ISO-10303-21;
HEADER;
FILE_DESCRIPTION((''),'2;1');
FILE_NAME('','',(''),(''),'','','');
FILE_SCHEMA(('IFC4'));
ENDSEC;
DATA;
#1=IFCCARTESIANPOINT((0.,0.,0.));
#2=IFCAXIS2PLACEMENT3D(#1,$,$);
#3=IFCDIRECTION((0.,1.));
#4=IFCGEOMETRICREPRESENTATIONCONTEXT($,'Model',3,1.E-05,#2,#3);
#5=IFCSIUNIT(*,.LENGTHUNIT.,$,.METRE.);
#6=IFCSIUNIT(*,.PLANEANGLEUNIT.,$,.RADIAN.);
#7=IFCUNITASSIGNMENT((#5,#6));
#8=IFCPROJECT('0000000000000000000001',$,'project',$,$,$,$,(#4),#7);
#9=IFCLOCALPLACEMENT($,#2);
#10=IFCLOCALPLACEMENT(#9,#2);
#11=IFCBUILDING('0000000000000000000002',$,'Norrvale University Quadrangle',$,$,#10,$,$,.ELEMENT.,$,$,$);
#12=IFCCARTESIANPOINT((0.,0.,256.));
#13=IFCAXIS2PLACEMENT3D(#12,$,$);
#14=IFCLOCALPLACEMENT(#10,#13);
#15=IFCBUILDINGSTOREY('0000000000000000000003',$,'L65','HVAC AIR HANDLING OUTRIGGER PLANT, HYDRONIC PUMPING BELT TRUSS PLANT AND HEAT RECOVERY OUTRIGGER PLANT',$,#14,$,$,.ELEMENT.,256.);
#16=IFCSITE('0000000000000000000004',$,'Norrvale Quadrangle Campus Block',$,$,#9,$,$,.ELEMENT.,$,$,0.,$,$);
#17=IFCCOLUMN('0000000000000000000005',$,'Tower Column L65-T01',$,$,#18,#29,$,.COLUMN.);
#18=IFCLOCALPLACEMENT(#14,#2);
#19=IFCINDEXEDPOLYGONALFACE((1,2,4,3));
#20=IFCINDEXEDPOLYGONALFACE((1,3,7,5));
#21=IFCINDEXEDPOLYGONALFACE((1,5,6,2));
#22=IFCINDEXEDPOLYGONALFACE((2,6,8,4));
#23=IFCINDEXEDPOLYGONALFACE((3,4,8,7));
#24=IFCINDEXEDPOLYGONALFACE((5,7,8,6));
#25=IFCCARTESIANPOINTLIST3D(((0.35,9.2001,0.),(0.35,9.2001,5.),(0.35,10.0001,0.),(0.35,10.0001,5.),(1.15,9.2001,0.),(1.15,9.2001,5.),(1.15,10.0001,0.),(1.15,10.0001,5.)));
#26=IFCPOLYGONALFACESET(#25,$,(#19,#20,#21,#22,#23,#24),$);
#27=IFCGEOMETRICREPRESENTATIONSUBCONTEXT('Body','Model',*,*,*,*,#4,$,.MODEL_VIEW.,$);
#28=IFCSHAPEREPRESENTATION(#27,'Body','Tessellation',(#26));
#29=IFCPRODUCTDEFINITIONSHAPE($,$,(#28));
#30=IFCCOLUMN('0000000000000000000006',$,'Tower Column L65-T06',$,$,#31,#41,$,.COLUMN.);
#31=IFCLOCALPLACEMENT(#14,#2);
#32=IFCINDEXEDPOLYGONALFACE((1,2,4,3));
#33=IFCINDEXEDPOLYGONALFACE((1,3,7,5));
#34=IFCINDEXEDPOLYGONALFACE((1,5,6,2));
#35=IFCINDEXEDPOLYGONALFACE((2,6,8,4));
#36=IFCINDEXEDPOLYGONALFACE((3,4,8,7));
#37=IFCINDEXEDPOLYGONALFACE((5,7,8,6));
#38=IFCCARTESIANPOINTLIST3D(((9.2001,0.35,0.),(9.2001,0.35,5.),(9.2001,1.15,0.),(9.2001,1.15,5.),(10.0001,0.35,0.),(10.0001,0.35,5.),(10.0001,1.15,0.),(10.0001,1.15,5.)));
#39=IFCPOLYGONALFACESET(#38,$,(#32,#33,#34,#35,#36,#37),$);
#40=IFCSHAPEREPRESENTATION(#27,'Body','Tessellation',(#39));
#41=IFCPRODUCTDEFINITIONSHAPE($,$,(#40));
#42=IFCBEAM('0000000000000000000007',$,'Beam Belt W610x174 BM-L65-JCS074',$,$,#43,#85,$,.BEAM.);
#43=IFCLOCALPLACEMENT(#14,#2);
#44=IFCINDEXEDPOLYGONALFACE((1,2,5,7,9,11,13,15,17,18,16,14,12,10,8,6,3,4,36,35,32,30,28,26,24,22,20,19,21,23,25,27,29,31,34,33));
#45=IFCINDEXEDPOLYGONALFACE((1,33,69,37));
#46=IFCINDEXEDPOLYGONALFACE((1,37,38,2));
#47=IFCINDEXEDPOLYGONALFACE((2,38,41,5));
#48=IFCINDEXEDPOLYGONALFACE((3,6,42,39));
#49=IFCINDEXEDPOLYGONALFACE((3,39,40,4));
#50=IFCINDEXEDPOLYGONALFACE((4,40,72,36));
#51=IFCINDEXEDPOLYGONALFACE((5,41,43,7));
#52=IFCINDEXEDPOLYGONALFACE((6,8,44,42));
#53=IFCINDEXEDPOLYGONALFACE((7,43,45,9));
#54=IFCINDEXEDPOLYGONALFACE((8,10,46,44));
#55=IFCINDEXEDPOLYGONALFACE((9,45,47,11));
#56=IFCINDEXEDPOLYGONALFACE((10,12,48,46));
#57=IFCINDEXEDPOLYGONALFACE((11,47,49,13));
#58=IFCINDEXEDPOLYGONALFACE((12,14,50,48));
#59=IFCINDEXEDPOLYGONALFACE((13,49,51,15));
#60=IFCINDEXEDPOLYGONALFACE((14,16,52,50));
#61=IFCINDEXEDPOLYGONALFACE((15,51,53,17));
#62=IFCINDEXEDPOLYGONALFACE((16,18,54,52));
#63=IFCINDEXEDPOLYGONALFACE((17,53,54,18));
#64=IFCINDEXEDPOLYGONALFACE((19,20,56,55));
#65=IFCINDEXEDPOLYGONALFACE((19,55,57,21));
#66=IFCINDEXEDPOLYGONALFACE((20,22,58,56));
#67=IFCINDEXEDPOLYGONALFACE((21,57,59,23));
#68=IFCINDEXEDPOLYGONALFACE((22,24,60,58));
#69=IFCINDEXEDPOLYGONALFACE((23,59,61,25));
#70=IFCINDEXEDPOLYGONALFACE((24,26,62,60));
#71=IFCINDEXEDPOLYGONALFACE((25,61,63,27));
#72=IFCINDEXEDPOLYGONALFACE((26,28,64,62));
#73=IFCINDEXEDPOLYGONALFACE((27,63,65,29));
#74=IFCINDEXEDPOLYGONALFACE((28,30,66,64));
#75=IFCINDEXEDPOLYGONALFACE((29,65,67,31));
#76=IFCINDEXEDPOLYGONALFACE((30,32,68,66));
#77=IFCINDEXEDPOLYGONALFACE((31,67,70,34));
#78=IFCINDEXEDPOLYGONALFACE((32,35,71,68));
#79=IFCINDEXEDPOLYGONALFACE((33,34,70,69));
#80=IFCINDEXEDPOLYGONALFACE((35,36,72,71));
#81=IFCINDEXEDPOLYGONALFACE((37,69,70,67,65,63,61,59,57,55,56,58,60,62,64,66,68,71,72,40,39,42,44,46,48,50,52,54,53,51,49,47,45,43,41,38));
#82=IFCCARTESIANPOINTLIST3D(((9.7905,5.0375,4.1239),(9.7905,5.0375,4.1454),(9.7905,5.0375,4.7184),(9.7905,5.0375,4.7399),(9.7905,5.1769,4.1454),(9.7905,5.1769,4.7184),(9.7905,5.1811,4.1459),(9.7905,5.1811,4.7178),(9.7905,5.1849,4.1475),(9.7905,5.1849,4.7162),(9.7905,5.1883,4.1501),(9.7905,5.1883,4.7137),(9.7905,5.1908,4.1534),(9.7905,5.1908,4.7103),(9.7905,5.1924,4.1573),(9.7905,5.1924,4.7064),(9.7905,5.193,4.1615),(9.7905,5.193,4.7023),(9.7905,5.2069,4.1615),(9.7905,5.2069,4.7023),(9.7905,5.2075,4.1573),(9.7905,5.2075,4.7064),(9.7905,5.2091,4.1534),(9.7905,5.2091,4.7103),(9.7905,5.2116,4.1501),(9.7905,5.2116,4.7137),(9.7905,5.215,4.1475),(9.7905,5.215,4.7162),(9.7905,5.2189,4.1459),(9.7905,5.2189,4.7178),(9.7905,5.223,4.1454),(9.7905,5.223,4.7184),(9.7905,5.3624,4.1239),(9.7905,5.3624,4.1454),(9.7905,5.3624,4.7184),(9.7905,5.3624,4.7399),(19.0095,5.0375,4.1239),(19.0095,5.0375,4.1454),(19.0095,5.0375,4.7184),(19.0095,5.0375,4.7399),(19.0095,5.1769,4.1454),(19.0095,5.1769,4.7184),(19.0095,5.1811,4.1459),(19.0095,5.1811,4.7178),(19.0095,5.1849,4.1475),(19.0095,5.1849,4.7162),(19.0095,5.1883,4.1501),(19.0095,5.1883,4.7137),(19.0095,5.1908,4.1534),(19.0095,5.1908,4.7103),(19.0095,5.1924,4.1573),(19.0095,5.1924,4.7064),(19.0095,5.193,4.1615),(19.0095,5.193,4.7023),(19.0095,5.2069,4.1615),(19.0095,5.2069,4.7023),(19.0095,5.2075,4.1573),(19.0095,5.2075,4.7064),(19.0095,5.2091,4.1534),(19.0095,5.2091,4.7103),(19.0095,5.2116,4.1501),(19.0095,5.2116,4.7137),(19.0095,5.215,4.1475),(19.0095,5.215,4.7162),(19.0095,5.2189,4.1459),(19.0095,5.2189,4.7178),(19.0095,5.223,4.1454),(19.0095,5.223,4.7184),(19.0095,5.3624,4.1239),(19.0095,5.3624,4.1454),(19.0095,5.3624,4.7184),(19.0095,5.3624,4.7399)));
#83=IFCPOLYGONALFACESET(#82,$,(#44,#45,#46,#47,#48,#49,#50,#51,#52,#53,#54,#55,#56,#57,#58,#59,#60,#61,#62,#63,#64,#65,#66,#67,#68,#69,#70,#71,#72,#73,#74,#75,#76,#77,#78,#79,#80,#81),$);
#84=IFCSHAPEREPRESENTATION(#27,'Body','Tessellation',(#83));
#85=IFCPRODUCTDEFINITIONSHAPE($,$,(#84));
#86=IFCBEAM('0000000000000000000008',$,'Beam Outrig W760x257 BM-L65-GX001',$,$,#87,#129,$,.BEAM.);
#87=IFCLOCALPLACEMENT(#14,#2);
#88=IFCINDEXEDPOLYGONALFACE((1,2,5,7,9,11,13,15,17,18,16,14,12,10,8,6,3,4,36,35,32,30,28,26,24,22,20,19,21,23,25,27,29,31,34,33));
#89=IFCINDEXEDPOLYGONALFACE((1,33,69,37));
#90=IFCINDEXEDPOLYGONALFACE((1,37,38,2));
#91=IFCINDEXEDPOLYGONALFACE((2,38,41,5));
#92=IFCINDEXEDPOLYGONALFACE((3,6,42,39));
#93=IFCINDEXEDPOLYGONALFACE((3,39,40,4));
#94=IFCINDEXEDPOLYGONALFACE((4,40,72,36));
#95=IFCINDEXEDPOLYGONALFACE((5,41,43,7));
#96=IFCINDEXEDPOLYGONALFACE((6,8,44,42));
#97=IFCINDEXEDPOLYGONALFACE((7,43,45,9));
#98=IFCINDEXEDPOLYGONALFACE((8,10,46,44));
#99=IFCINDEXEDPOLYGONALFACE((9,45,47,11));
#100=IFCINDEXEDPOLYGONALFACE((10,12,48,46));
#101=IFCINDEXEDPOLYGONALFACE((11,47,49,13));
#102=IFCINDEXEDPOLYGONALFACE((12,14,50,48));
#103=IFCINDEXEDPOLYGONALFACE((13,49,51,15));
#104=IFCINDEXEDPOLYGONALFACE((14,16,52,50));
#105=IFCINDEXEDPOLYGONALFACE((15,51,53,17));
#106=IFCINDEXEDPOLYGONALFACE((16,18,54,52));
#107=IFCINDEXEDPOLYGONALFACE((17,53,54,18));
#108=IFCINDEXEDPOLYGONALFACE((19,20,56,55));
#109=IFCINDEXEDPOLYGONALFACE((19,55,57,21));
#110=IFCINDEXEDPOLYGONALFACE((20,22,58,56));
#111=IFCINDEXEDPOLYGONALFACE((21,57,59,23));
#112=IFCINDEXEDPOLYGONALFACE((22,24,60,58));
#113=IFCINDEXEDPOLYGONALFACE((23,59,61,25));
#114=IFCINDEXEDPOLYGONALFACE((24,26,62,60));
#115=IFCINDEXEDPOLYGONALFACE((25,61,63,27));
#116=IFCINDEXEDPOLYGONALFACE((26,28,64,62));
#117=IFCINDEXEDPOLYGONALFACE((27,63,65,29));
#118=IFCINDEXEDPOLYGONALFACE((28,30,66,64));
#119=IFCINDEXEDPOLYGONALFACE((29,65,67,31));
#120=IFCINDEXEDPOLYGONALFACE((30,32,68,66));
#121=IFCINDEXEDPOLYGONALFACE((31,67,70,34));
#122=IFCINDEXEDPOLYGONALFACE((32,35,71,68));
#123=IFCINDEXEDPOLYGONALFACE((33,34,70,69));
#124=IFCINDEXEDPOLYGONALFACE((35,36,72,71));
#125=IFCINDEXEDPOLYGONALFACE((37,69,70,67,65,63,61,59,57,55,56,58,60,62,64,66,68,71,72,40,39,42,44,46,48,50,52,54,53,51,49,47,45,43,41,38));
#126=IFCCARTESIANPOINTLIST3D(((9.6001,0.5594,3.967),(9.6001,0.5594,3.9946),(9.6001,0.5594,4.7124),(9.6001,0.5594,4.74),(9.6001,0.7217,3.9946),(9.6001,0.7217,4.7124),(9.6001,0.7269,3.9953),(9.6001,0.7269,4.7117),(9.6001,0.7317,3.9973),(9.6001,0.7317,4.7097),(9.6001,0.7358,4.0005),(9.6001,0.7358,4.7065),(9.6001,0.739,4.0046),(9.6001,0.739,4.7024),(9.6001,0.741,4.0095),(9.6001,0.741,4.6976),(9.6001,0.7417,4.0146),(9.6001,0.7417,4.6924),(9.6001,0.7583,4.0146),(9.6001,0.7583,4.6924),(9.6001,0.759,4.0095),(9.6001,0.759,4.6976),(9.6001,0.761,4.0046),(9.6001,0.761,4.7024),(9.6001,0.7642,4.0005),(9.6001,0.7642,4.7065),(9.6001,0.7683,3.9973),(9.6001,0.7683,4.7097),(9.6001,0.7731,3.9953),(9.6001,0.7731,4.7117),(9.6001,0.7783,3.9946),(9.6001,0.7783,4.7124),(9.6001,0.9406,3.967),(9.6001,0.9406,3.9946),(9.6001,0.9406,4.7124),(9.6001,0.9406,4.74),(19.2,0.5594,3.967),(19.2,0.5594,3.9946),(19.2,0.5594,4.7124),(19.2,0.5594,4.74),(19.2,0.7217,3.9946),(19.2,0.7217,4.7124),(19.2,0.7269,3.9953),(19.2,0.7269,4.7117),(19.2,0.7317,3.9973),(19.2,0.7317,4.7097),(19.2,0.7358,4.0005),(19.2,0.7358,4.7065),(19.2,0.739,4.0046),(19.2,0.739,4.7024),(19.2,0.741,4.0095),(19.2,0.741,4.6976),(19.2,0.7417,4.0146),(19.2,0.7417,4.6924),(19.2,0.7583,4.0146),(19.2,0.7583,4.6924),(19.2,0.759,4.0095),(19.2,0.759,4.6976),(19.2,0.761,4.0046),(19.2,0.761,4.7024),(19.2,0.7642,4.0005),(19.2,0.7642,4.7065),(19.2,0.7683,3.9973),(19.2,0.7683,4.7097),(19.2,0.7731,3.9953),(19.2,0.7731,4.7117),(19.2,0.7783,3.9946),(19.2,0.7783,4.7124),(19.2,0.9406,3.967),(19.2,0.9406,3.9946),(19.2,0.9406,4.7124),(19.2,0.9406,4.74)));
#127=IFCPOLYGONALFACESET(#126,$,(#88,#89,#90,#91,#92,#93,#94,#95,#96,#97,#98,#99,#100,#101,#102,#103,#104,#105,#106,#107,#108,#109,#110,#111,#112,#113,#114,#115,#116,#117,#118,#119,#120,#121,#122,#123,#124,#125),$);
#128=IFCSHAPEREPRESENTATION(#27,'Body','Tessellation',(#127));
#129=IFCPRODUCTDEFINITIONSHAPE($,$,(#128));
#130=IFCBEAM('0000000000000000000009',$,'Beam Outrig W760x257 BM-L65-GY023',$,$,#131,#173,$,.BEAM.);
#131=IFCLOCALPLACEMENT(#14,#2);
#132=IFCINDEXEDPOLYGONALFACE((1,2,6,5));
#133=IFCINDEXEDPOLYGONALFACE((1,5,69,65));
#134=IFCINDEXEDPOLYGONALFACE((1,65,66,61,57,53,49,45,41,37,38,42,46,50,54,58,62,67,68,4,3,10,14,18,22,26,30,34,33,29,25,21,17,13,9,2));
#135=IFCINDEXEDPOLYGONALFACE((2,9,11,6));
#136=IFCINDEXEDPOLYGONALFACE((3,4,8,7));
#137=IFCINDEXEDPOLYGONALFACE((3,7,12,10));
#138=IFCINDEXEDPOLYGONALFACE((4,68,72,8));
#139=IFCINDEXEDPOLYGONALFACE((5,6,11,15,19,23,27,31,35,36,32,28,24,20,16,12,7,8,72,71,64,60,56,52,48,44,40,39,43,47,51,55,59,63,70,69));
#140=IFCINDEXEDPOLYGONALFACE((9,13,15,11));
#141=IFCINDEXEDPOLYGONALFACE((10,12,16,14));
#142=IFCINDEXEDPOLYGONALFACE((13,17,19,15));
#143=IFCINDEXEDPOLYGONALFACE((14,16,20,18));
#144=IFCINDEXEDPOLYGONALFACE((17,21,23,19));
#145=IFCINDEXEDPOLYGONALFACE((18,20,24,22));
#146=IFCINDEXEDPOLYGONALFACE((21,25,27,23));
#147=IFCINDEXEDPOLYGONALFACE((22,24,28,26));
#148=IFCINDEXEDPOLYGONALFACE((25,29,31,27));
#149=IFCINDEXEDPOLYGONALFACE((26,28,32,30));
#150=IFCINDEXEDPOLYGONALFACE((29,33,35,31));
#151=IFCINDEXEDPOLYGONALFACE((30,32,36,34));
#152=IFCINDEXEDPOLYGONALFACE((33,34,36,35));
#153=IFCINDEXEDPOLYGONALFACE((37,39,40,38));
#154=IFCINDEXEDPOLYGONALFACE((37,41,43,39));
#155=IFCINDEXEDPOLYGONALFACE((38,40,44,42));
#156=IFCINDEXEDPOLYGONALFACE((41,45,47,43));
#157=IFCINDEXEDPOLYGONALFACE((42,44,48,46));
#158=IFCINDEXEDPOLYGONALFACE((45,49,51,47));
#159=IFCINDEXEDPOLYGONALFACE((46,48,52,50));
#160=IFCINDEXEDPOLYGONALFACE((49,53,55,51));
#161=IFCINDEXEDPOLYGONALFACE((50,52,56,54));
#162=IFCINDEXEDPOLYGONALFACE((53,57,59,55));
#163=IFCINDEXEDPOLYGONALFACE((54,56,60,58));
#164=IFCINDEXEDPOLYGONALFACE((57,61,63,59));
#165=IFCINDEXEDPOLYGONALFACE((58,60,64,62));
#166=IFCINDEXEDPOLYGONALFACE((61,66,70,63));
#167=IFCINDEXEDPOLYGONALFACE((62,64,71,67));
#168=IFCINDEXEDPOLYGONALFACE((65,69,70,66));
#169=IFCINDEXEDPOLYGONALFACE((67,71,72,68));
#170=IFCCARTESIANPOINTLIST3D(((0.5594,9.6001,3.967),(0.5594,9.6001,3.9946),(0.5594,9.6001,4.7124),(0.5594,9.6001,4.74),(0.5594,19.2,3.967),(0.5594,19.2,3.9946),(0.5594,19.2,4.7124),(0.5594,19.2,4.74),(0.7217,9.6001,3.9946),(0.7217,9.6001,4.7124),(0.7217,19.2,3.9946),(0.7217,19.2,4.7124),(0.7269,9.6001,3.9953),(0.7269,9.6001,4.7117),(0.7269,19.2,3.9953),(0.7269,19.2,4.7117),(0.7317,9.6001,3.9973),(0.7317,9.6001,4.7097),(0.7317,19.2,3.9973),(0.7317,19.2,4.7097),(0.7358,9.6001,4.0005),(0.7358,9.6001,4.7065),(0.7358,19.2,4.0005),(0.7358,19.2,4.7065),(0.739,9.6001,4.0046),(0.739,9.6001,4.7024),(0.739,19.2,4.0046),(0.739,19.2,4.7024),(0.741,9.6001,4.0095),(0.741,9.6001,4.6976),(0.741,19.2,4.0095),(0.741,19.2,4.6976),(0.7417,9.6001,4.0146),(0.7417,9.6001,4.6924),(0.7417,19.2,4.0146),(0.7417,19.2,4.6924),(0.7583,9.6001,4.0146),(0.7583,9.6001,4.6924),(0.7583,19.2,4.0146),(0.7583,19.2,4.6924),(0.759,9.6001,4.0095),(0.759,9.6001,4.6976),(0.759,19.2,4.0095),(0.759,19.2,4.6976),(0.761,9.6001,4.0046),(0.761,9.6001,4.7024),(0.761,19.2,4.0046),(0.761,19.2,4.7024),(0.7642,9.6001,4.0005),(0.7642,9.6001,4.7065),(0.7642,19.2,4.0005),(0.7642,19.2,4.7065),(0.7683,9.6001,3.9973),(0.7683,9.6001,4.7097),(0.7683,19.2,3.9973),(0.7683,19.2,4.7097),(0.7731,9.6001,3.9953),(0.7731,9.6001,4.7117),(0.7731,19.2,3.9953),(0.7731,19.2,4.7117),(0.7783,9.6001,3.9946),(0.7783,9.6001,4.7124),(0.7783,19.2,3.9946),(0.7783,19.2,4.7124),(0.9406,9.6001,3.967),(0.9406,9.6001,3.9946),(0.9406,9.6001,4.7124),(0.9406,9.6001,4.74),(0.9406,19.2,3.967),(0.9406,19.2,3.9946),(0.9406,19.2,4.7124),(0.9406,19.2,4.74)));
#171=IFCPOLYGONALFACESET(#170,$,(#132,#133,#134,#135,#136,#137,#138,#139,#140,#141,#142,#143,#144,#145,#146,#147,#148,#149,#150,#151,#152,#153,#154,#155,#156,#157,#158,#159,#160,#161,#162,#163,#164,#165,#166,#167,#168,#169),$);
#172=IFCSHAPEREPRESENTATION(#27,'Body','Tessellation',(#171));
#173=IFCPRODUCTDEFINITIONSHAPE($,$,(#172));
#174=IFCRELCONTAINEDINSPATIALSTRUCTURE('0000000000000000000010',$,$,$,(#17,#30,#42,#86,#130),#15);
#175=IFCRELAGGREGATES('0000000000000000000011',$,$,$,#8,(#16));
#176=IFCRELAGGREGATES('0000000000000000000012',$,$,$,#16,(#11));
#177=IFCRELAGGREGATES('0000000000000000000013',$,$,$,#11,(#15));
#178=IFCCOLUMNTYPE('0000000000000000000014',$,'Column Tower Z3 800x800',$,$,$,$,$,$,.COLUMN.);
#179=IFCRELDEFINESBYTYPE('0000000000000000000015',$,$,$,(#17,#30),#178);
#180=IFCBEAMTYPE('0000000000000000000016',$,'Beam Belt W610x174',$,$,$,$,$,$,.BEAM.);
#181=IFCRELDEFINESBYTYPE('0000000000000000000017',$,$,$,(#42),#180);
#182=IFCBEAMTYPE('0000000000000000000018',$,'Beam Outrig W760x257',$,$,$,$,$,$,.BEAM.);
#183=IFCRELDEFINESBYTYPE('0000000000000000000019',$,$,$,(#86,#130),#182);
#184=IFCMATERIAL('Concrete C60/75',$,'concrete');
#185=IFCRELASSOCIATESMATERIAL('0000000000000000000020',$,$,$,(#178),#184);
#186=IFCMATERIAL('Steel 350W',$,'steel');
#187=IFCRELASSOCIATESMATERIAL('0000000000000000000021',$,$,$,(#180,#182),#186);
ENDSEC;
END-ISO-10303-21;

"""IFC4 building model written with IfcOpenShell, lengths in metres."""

from ifc_helpers import new_model, si_unit, direction, frame, origin, origin_2d, place, context, subcontext, project, spatial, rectangle, i_section, extrude, material, material_profile, profile_set, type_object, element, save


model = new_model("IFC4")

# Units and contexts
model_context = context("Model", 3, precision=1e-05, world=origin(), true_north=direction((0.0, 1.0)))
body_context = subcontext(model_context, "Body", "Model", "MODEL_VIEW")
ifc_project = project(units=[si_unit("LENGTHUNIT", "METRE"), si_unit("PLANEANGLEUNIT", "RADIAN")], contexts=[model_context])

# Site, building, storey
site_placement = place(None, origin())
site = spatial("IfcSite", under=ifc_project, at=site_placement, Name="Norrvale Quadrangle Campus Block", CompositionType="ELEMENT", RefElevation=0.0)
building_placement = place(site_placement, origin())
building = spatial("IfcBuilding", under=site, at=building_placement, Name="Norrvale University Quadrangle", CompositionType="ELEMENT")
storey_placement = place(building_placement, frame((0.0, 0.0, 256.0)))
storey = spatial("IfcBuildingStorey", under=building, at=storey_placement, Name="L65", Description="HVAC AIR HANDLING OUTRIGGER PLANT, HYDRONIC PUMPING BELT TRUSS PLANT AND HEAT RECOVERY OUTRIGGER PLANT", CompositionType="ELEMENT", Elevation=256.0)

# Columns
ifc_material_1 = material(Name="Concrete C60/75", Category="concrete")
ifc_material_profile_1 = material_profile(ifc_material_1, rectangle(XDim=0.8, YDim=0.8, at=origin_2d()), Name="Concrete C60/75")
ifc_profile_set_1 = profile_set([ifc_material_profile_1], Name="Concrete C60/75")
column_type = type_object("IfcColumnType", Name="Column Tower Z3 800x800", PredefinedType="COLUMN", material=ifc_profile_set_1)
for number, where, z_axis, x_axis, name in (
    (1, (0.75, 9.6001, 0.0), (0.0, 0.0, 1.0), (1.0, 0.0, 0.0), "Tower Column L65-T01"),
    (2, (9.6001, 0.75, 0.0), (0.0, 0.0, 1.0), (1.0, 0.0, 0.0), "Tower Column L65-T06"),
):
    element("IfcColumn", number, at=place(storey_placement, frame(where, z_axis=z_axis, x_axis=x_axis)), inside=storey, type_object=column_type, Name=name, PredefinedType="COLUMN", context=body_context, shape_type="SweptSolid", body=[
        extrude(rectangle(XDim=0.8, YDim=0.8, at=origin_2d()), origin(), (0.0, 0.0, 1.0), 5.0),
    ])

# Beams
ifc_material_2 = material(Name="Steel 350W", Category="steel")
ifc_material_profile_2 = material_profile(ifc_material_2, i_section(OverallWidth=0.325, OverallDepth=0.616, WebThickness=0.0139, FlangeThickness=0.0215, FilletRadius=0.0161, at=origin_2d()), Name="Steel 350W")
ifc_profile_set_2 = profile_set([ifc_material_profile_2], Name="Steel 350W")
beam_type_1 = type_object("IfcBeamType", Name="Beam Belt W610x174", PredefinedType="BEAM", material=ifc_profile_set_2)
beam_1_placement = place(storey_placement, frame((9.7905, 5.2, 4.4319), z_axis=(1.0, 0.0, 0.0), x_axis=(0.0, 1.0, 0.0)))
element("IfcBeam", 3, at=beam_1_placement, inside=storey, type_object=beam_type_1, Name="Beam Belt W610x174 BM-L65-JCS074", PredefinedType="BEAM", context=body_context, shape_type="SweptSolid", body=[
    extrude(i_section(OverallWidth=0.325, OverallDepth=0.616, WebThickness=0.0139, FlangeThickness=0.0215, FilletRadius=0.0161, at=origin_2d()), origin(), (0.0, 0.0, 1.0), 9.219),
])
ifc_material_profile_3 = material_profile(ifc_material_2, i_section(OverallWidth=0.3811, OverallDepth=0.7729, WebThickness=0.0166, FlangeThickness=0.0276, FilletRadius=0.02, at=origin_2d()), Name="Steel 350W")
ifc_profile_set_3 = profile_set([ifc_material_profile_3], Name="Steel 350W")
beam_type_2 = type_object("IfcBeamType", Name="Beam Outrig W760x257", PredefinedType="BEAM", material=ifc_profile_set_3)
for number, where, z_axis, x_axis, name in (
    (4, (9.6001, 0.75, 4.3535), (1.0, 0.0, 0.0), (0.0, 1.0, 0.0), "Beam Outrig W760x257 BM-L65-GX001"),
    (5, (0.75, 9.6001, 4.3535), (0.0, 1.0, 0.0), (-1.0, 0.0, 0.0), "Beam Outrig W760x257 BM-L65-GY023"),
):
    element("IfcBeam", number, at=place(storey_placement, frame(where, z_axis=z_axis, x_axis=x_axis)), inside=storey, type_object=beam_type_2, Name=name, PredefinedType="BEAM", context=body_context, shape_type="SweptSolid", body=[
        extrude(i_section(OverallWidth=0.3811, OverallDepth=0.7729, WebThickness=0.0166, FlangeThickness=0.0276, FilletRadius=0.02, at=origin_2d()), origin(), (0.0, 0.0, 1.0), 9.5999),
    ])

save(model, "model.ifc")
